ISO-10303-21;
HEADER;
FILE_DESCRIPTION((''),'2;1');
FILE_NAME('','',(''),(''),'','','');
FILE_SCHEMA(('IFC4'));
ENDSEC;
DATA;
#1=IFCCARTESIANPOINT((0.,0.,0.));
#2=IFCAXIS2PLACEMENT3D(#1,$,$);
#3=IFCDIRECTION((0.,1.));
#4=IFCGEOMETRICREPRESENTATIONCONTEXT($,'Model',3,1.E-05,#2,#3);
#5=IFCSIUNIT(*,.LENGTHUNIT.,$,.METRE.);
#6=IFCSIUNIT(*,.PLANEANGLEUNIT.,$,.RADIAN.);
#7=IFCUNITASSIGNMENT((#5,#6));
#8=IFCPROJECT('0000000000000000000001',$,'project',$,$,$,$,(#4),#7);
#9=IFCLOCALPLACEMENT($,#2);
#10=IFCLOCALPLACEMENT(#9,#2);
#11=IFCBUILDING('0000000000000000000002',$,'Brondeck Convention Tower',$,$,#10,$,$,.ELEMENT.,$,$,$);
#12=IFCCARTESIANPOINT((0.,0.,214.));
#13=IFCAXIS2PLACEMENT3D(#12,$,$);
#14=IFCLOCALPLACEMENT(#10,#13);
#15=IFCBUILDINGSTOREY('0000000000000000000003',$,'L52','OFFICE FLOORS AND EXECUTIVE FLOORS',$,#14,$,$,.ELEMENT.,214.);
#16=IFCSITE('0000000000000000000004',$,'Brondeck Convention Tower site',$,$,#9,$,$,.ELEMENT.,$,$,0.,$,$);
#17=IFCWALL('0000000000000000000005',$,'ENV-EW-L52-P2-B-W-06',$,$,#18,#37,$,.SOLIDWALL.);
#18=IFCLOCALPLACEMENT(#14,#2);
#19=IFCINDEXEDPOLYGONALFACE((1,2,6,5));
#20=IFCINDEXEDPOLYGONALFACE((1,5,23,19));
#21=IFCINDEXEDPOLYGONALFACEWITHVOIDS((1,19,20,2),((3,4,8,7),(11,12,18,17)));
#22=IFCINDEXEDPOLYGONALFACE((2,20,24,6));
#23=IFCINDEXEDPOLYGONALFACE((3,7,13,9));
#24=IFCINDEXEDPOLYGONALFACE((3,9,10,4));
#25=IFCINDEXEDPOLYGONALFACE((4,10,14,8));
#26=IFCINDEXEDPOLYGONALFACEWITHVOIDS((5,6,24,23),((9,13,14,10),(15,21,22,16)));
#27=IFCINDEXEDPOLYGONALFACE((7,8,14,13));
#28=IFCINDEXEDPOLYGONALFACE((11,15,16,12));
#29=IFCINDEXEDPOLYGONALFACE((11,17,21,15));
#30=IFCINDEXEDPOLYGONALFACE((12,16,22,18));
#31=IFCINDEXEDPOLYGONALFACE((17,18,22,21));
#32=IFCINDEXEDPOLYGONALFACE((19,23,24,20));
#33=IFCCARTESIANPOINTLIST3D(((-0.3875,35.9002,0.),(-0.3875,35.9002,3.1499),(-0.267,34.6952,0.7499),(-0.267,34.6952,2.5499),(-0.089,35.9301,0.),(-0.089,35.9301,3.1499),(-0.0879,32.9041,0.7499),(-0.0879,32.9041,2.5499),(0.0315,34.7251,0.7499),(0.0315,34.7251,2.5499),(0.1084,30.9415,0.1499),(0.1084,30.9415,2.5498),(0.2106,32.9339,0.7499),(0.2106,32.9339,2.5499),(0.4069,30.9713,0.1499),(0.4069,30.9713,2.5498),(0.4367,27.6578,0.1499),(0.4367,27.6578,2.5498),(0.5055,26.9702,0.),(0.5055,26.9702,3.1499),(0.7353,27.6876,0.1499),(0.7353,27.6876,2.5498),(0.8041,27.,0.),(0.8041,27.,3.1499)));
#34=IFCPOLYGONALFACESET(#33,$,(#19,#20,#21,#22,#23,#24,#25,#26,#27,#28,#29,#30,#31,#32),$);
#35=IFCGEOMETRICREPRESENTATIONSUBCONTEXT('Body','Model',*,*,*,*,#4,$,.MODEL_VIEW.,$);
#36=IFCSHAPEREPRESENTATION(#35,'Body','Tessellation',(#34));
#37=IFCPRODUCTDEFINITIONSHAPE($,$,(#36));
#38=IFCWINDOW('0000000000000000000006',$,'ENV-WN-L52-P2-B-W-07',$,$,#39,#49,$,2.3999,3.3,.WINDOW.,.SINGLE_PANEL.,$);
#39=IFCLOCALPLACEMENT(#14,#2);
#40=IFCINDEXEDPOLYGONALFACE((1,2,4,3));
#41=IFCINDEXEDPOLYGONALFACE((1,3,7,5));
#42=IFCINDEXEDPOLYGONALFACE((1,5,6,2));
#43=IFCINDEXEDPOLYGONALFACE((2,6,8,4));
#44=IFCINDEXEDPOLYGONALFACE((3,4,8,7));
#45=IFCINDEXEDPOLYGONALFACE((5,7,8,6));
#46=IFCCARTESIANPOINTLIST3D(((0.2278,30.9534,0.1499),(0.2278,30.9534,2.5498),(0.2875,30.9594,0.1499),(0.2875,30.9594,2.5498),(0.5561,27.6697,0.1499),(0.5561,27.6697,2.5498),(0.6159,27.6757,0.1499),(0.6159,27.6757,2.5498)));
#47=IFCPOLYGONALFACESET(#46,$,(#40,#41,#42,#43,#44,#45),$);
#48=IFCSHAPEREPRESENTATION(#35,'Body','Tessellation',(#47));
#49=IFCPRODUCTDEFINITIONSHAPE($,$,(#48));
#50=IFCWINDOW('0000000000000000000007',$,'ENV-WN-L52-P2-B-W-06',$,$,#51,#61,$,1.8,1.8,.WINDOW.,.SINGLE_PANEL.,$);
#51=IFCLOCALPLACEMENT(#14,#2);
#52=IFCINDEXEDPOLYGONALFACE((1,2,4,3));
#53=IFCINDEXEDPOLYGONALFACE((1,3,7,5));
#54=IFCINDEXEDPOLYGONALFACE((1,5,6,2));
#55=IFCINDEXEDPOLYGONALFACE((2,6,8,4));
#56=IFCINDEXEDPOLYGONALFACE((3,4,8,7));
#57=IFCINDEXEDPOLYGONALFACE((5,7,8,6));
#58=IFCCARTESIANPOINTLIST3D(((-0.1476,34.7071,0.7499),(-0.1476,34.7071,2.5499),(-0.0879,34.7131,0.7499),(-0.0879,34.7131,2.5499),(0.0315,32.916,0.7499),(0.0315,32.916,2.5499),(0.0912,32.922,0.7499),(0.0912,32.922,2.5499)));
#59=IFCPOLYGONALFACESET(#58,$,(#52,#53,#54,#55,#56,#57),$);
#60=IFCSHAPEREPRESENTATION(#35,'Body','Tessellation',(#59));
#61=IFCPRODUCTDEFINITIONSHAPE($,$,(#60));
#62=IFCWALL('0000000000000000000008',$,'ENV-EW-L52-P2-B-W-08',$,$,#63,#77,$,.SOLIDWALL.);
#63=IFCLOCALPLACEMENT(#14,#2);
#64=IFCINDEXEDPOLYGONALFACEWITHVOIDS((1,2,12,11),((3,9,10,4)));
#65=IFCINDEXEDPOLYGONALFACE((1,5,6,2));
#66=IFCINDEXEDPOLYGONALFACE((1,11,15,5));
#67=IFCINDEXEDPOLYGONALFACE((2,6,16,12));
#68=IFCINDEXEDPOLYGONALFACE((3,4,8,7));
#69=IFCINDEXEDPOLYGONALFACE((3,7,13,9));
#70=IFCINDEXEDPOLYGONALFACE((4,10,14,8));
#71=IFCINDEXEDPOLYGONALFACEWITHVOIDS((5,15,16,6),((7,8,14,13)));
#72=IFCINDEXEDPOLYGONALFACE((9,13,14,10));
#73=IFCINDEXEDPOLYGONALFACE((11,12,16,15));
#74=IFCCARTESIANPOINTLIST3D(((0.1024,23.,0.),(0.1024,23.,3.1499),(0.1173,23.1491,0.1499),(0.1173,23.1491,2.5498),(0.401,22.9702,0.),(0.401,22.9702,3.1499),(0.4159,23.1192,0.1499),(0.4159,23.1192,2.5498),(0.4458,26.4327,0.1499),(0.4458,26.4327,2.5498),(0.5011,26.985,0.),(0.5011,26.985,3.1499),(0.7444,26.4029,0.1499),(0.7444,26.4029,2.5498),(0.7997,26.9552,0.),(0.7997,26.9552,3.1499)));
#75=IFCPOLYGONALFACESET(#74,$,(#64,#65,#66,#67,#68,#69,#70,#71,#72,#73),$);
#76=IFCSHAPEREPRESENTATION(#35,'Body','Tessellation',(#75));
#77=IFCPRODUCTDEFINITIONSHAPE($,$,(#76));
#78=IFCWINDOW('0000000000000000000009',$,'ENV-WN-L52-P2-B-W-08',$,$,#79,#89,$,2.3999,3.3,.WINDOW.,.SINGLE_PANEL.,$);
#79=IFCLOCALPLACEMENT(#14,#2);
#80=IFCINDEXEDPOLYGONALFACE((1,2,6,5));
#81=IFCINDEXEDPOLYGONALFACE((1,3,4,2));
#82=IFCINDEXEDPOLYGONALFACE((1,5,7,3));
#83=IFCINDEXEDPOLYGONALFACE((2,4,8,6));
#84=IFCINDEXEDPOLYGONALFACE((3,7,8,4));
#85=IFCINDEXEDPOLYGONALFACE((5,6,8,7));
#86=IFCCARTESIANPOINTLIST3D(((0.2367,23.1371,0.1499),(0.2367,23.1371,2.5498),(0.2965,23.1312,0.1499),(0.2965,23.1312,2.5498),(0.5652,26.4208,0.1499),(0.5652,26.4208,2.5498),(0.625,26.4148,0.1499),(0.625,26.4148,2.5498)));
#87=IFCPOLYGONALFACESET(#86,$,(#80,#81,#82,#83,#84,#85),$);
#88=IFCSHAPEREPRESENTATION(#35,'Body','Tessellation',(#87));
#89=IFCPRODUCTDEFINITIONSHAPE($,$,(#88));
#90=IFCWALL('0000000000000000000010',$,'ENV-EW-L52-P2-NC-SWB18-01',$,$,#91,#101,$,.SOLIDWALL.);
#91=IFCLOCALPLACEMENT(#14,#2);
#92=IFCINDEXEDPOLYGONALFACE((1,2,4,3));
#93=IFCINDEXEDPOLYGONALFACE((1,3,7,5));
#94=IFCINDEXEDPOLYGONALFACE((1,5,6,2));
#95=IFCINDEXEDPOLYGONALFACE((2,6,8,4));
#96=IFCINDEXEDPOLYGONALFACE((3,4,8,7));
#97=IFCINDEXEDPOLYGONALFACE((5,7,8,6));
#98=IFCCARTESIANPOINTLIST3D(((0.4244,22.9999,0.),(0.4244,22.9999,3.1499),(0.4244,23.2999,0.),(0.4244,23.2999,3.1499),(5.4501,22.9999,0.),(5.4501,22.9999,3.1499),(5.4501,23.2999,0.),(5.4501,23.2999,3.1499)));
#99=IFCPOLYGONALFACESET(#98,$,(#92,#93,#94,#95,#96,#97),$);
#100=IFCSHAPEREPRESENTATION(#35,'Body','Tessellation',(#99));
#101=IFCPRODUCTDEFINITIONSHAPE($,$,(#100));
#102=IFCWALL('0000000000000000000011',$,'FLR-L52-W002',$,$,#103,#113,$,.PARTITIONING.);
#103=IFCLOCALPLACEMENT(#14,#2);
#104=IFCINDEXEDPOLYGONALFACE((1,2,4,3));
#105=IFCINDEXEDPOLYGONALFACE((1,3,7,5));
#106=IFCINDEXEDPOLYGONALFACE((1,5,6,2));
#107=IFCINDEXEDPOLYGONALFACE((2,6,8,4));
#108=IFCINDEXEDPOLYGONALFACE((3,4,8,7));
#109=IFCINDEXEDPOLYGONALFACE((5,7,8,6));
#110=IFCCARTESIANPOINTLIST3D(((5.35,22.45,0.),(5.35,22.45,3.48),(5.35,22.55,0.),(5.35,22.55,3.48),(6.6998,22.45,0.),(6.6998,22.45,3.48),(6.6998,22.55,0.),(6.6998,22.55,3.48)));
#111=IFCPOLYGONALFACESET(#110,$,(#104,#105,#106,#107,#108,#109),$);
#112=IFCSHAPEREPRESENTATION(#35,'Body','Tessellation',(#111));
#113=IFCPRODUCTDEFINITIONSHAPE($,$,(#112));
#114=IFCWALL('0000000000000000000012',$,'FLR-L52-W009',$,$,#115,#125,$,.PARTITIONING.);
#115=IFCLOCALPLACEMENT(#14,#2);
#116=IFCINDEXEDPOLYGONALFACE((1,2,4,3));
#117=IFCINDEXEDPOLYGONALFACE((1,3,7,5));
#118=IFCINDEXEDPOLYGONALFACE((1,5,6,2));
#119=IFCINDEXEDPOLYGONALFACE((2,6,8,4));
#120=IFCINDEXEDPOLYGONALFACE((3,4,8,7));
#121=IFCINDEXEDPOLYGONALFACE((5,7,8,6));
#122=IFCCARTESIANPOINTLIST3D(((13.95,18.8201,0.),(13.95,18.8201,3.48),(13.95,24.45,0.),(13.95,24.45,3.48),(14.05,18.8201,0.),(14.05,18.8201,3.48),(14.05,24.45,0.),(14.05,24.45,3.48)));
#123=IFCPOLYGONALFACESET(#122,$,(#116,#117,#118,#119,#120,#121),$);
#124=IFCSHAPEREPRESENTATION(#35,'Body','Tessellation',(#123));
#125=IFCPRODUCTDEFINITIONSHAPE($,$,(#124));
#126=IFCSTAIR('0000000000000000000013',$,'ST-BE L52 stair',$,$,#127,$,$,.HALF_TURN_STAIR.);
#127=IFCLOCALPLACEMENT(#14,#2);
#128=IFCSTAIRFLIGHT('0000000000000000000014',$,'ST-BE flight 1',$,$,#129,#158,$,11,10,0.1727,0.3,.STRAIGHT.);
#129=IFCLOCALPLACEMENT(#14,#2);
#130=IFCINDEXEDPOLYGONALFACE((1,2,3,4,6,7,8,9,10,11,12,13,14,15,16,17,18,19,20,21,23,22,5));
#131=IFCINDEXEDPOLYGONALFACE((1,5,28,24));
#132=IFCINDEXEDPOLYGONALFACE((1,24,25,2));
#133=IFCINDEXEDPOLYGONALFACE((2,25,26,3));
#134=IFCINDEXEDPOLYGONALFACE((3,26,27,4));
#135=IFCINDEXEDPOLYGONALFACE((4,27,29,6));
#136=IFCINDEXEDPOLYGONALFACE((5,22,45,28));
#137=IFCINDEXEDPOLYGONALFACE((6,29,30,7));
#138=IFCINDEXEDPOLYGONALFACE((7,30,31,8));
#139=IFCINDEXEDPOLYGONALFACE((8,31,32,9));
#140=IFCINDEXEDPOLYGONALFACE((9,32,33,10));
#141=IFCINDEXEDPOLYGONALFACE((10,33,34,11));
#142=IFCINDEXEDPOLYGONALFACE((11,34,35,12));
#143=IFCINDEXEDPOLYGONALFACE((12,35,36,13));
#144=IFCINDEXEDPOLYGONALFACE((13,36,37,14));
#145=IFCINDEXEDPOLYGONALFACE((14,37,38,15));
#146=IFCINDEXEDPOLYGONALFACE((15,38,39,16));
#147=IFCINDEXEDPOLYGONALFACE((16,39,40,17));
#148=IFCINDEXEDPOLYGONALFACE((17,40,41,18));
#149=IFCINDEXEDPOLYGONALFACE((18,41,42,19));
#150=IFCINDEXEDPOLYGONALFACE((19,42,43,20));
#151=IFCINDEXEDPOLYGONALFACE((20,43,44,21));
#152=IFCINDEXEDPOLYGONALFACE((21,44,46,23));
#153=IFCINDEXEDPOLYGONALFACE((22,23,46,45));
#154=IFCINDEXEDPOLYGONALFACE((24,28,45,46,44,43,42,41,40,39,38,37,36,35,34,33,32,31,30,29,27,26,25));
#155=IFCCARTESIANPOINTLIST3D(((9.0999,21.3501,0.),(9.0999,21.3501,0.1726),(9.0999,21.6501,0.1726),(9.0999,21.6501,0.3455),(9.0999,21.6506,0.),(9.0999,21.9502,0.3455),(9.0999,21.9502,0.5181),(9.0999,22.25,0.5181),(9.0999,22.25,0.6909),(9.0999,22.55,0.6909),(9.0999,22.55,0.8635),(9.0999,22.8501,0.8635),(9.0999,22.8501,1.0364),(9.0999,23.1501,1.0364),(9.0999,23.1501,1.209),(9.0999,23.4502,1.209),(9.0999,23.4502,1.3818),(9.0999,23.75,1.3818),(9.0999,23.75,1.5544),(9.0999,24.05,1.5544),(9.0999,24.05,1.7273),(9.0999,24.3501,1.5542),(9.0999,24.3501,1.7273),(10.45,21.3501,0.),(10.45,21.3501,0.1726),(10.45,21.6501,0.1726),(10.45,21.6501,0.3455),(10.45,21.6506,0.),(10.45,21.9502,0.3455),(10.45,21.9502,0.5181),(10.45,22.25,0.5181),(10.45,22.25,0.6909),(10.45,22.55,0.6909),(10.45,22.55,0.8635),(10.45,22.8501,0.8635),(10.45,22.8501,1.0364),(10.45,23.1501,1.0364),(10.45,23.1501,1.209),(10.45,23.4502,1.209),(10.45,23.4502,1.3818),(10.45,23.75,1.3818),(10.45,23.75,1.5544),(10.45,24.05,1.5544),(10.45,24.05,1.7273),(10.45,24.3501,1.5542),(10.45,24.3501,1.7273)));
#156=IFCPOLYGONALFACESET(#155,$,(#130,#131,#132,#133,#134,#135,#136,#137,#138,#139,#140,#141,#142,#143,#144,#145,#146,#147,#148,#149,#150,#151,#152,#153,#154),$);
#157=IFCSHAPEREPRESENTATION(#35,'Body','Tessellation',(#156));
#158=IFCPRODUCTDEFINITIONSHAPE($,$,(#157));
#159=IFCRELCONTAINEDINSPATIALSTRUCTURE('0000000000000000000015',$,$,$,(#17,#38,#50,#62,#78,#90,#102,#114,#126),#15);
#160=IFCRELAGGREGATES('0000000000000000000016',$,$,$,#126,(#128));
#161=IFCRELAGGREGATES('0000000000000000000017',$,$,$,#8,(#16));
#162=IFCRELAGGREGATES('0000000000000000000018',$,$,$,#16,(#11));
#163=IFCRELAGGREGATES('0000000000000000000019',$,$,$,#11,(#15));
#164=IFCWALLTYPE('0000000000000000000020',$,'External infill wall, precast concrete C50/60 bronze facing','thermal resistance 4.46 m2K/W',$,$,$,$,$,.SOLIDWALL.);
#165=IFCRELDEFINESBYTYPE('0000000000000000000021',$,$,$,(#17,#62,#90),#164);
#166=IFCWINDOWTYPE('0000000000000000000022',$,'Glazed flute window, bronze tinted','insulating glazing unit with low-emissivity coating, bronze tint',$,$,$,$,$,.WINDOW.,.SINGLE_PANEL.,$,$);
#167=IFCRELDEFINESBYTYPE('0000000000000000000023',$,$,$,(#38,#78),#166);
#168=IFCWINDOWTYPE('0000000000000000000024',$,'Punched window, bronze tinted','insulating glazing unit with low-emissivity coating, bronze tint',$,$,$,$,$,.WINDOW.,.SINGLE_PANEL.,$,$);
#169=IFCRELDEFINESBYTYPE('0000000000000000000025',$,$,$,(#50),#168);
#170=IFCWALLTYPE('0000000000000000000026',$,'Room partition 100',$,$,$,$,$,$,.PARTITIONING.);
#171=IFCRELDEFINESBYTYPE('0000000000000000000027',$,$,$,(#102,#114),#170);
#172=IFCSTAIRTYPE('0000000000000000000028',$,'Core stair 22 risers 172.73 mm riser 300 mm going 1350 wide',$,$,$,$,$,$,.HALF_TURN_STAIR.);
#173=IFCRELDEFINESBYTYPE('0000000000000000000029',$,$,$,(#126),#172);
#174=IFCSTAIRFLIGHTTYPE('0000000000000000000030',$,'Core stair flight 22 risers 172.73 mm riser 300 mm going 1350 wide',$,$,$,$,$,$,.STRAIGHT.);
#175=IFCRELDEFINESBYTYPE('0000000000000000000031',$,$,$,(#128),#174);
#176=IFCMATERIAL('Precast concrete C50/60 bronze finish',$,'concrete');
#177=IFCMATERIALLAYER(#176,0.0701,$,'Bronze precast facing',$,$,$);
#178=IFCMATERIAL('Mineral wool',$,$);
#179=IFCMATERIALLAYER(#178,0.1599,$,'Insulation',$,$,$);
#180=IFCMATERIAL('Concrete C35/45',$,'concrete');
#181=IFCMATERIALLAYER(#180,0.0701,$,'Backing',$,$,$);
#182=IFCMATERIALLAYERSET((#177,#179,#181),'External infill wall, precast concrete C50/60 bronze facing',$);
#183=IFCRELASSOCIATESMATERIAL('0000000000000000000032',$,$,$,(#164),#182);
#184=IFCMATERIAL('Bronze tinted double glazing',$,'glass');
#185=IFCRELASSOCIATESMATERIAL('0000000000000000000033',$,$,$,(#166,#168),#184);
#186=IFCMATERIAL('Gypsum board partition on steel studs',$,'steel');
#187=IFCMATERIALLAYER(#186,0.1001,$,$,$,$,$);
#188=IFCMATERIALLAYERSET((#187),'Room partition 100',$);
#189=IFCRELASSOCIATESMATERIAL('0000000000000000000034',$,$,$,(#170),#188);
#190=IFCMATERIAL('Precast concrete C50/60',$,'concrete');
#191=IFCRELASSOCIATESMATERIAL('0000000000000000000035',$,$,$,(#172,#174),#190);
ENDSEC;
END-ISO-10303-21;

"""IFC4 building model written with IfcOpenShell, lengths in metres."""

from ifc_helpers import new_model, si_unit, direction, frame, frame_2d, origin, place, context, subcontext, project, spatial, polyline, rectangle, outline, extrude, material, layer, layer_set, type_object, element, fill, aggregate, save


model = new_model("IFC4")

# Units and contexts
model_context = context("Model", 3, precision=1e-05, world=origin(), true_north=direction((0.0, 1.0)))
body_context = subcontext(model_context, "Body", "Model", "MODEL_VIEW")
ifc_project = project(units=[si_unit("LENGTHUNIT", "METRE"), si_unit("PLANEANGLEUNIT", "RADIAN")], contexts=[model_context])

# Site, building, storey
site_placement = place(None, origin())
site = spatial("IfcSite", under=ifc_project, at=site_placement, Name="Brondeck Convention Tower site", CompositionType="ELEMENT", RefElevation=0.0)
building_placement = place(site_placement, origin())
building = spatial("IfcBuilding", under=site, at=building_placement, Name="Brondeck Convention Tower", CompositionType="ELEMENT")
storey_placement = place(building_placement, frame((0.0, 0.0, 214.0)))
storey = spatial("IfcBuildingStorey", under=building, at=storey_placement, Name="L52", Description="OFFICE FLOORS AND EXECUTIVE FLOORS", CompositionType="ELEMENT", Elevation=214.0)

# Wall, openings, windows
ifc_material_1 = material(Name="Precast concrete C50/60 bronze finish", Category="concrete")
ifc_layer_1 = layer(ifc_material_1, 0.0701, Name="Bronze precast facing")
ifc_material_2 = material(Name="Mineral wool")
ifc_layer_2 = layer(ifc_material_2, 0.1599, Name="Insulation")
ifc_material_3 = material(Name="Concrete C35/45", Category="concrete")
ifc_layer_3 = layer(ifc_material_3, 0.0701, Name="Backing")
ifc_layer_set_1 = layer_set([ifc_layer_1, ifc_layer_2, ifc_layer_3], Name="External infill wall, precast concrete C50/60 bronze facing")
wall_type_1 = type_object("IfcWallType", Name="External infill wall, precast concrete C50/60 bronze facing", Description="thermal resistance 4.46 m2K/W", PredefinedType="SOLIDWALL", material=ifc_layer_set_1)
wall_1_placement = place(storey_placement, frame((0.6548, 26.9851, 0.0), z_axis=(0.0, 0.0, 1.0), x_axis=(-0.099509, 0.995037, 0.0)))
wall_1 = element("IfcWall", 1, at=wall_1_placement, inside=storey, type_object=wall_type_1, Name="ENV-EW-L52-P2-B-W-06", PredefinedType="SOLIDWALL", context=body_context, shape_type="SweptSolid", body=[
    extrude(rectangle(XDim=8.9746, YDim=0.3, at=frame_2d((4.4873, 0.0))), origin(), (0.0, 0.0, 1.0), 3.1499),
])
opening_1_placement = place(wall_1_placement, frame((0.6912, 0.0, 0.1499)))
opening_1 = element("IfcOpeningElement", 2, at=opening_1_placement, cuts=wall_1, PredefinedType="OPENING", context=body_context, shape_type="SweptSolid", body=[
    extrude(rectangle(XDim=3.3, YDim=2.3999, at=frame_2d((1.6499, 1.2))), frame((0.0, 0.1599, 0.0), z_axis=(0.0, -1.0, 0.0), x_axis=(1.0, 0.0, 0.0)), (0.0, 0.0, 1.0), 0.3201),
])
opening_2_placement = place(wall_1_placement, frame((5.9636, 0.0, 0.75)))
opening_2 = element("IfcOpeningElement", 3, at=opening_2_placement, cuts=wall_1, PredefinedType="OPENING", context=body_context, shape_type="SweptSolid", body=[
    extrude(rectangle(XDim=1.8, YDim=1.8, at=frame_2d((0.8999, 0.8999))), frame((0.0, 0.1599, 0.0), z_axis=(0.0, -1.0, 0.0), x_axis=(1.0, 0.0, 0.0)), (0.0, 0.0, 1.0), 0.3201),
])
ifc_material_4 = material(Name="Bronze tinted double glazing", Category="glass")
window_type_1 = type_object("IfcWindowType", Name="Glazed flute window, bronze tinted", Description="insulating glazing unit with low-emissivity coating, bronze tint", PartitioningType="SINGLE_PANEL", PredefinedType="WINDOW", material=ifc_material_4)
window_1_placement = place(opening_1_placement, origin())
window_1 = element("IfcWindow", 4, at=window_1_placement, inside=storey, type_object=window_type_1, Name="ENV-WN-L52-P2-B-W-07", OverallHeight=2.3999, OverallWidth=3.3, PartitioningType="SINGLE_PANEL", PredefinedType="WINDOW", context=body_context, shape_type="SweptSolid", body=[
    extrude(rectangle(XDim=3.3, YDim=2.3999, at=frame_2d((1.6499, 1.2))), frame((0.0, 0.03, 0.0), z_axis=(0.0, -1.0, 0.0), x_axis=(1.0, 0.0, 0.0)), (0.0, 0.0, 1.0), 0.0601),
])
fill(opening_1, window_1)
window_type_2 = type_object("IfcWindowType", Name="Punched window, bronze tinted", Description="insulating glazing unit with low-emissivity coating, bronze tint", PartitioningType="SINGLE_PANEL", PredefinedType="WINDOW", material=ifc_material_4)
window_2_placement = place(opening_2_placement, origin())
window_2 = element("IfcWindow", 5, at=window_2_placement, inside=storey, type_object=window_type_2, Name="ENV-WN-L52-P2-B-W-06", OverallHeight=1.8, OverallWidth=1.8, PartitioningType="SINGLE_PANEL", PredefinedType="WINDOW", context=body_context, shape_type="SweptSolid", body=[
    extrude(rectangle(XDim=1.8, YDim=1.8, at=frame_2d((0.8999, 0.8999))), frame((0.0, 0.03, 0.0), z_axis=(0.0, -1.0, 0.0), x_axis=(1.0, 0.0, 0.0)), (0.0, 0.0, 1.0), 0.0601),
])
fill(opening_2, window_2)

# Wall, opening, window
wall_2_placement = place(storey_placement, frame((0.2517, 22.9851, 0.0), z_axis=(0.0, 0.0, 1.0), x_axis=(0.099546, 0.995033, 0.0)))
wall_2 = element("IfcWall", 6, at=wall_2_placement, inside=storey, type_object=wall_type_1, Name="ENV-EW-L52-P2-B-W-08", PredefinedType="SOLIDWALL", context=body_context, shape_type="SweptSolid", body=[
    extrude(rectangle(XDim=4.0049, YDim=0.3, at=frame_2d((2.0024, 0.0))), origin(), (0.0, 0.0, 1.0), 3.1499),
])
opening_3_placement = place(wall_2_placement, frame((0.1499, 0.0, 0.1499)))
opening_3 = element("IfcOpeningElement", 7, at=opening_3_placement, cuts=wall_2, PredefinedType="OPENING", context=body_context, shape_type="SweptSolid", body=[
    extrude(rectangle(XDim=3.3, YDim=2.3999, at=frame_2d((1.6499, 1.2))), frame((0.0, 0.1599, 0.0), z_axis=(0.0, -1.0, 0.0), x_axis=(1.0, 0.0, 0.0)), (0.0, 0.0, 1.0), 0.3201),
])
window_3_placement = place(opening_3_placement, origin())
window_3 = element("IfcWindow", 8, at=window_3_placement, inside=storey, type_object=window_type_1, Name="ENV-WN-L52-P2-B-W-08", OverallHeight=2.3999, OverallWidth=3.3, PartitioningType="SINGLE_PANEL", PredefinedType="WINDOW", context=body_context, shape_type="SweptSolid", body=[
    extrude(rectangle(XDim=3.3, YDim=2.3999, at=frame_2d((1.6499, 1.2))), frame((0.0, 0.03, 0.0), z_axis=(0.0, -1.0, 0.0), x_axis=(1.0, 0.0, 0.0)), (0.0, 0.0, 1.0), 0.0601),
])
fill(opening_3, window_3)

# Walls
wall_3_placement = place(storey_placement, frame((5.45, 23.1499, 0.0), z_axis=(0.0, 0.0, 1.0), x_axis=(-1.0, 0.0, 0.0)))
element("IfcWall", 9, at=wall_3_placement, inside=storey, type_object=wall_type_1, Name="ENV-EW-L52-P2-NC-SWB18-01", PredefinedType="SOLIDWALL", context=body_context, shape_type="SweptSolid", body=[
    extrude(rectangle(XDim=5.0256, YDim=0.3, at=frame_2d((2.5127, 0.0))), origin(), (0.0, 0.0, 1.0), 3.1499),
])
ifc_material_5 = material(Name="Gypsum board partition on steel studs", Category="steel")
ifc_layer_4 = layer(ifc_material_5, 0.1001)
ifc_layer_set_2 = layer_set([ifc_layer_4], Name="Room partition 100")
wall_type_2 = type_object("IfcWallType", Name="Room partition 100", PredefinedType="PARTITIONING", material=ifc_layer_set_2)
wall_4_placement = place(storey_placement, frame((5.3501, 22.5, 0.0), z_axis=(0.0, 0.0, 1.0), x_axis=(1.0, 0.0, 0.0)))
element("IfcWall", 10, at=wall_4_placement, inside=storey, type_object=wall_type_2, Name="FLR-L52-W002", PredefinedType="PARTITIONING", context=body_context, shape_type="SweptSolid", body=[
    extrude(rectangle(XDim=1.3499, YDim=0.1001, at=frame_2d((0.6748, 0.0))), origin(), (0.0, 0.0, 1.0), 3.48),
])
wall_5_placement = place(storey_placement, frame((14.0, 24.45, 0.0), z_axis=(0.0, 0.0, 1.0), x_axis=(0.0, -1.0, 0.0)))
element("IfcWall", 11, at=wall_5_placement, inside=storey, type_object=wall_type_2, Name="FLR-L52-W009", PredefinedType="PARTITIONING", context=body_context, shape_type="SweptSolid", body=[
    extrude(rectangle(XDim=5.6299, YDim=0.1001, at=frame_2d((2.8149, 0.0))), origin(), (0.0, 0.0, 1.0), 3.48),
])

# Stair, stair flight
ifc_material_6 = material(Name="Precast concrete C50/60", Category="concrete")
stair_type = type_object("IfcStairType", Name="Core stair 22 risers 172.73 mm riser 300 mm going 1350 wide", PredefinedType="HALF_TURN_STAIR", material=ifc_material_6)
stair_placement = place(storey_placement, origin())
stair = element("IfcStair", 12, at=stair_placement, inside=storey, type_object=stair_type, Name="ST-BE L52 stair", PredefinedType="HALF_TURN_STAIR")
stair_flight_type = type_object("IfcStairFlightType", Name="Core stair flight 22 risers 172.73 mm riser 300 mm going 1350 wide", PredefinedType="STRAIGHT", material=ifc_material_6)
stair_flight_1_placement = place(storey_placement, frame((9.7749, 21.3501, 0.0), z_axis=(0.0, 0.0, 1.0), x_axis=(0.0, 1.0, 0.0)))
stair_flight_1 = element("IfcStairFlight", 13, at=stair_flight_1_placement, type_object=stair_flight_type, Name="ST-BE flight 1", NumberOfRisers=11, NumberOfTreads=10, PredefinedType="STRAIGHT", RiserHeight=0.1727, TreadLength=0.3, context=body_context, shape_type="SweptSolid", body=[
    extrude(outline(polyline([(0.0, 0.0), (0.0, 0.1726), (0.3, 0.1726), (0.3, 0.3455), (0.6001, 0.3455), (0.6001, 0.5181), (0.8999, 0.5181), (0.8999, 0.6909), (1.2, 0.6909), (1.2, 0.8635), (1.5, 0.8635), (1.5, 1.0364), (1.8, 1.0364), (1.8, 1.209), (2.1001, 1.209), (2.1001, 1.3818), (2.3999, 1.3818), (2.3999, 1.5544), (2.7, 1.5544), (2.7, 1.7273), (3.0, 1.7273), (3.0, 1.8999), (3.0, 1.5542), (0.3005, 0.0), (0.0, 0.0)])), frame((0.0, 0.675, 0.0), z_axis=(0.0, -1.0, 0.0), x_axis=(1.0, 0.0, 0.0)), (0.0, 0.0, 1.0), 1.3501),
])
aggregate(stair, [stair_flight_1])

save(model, "model.ifc")
